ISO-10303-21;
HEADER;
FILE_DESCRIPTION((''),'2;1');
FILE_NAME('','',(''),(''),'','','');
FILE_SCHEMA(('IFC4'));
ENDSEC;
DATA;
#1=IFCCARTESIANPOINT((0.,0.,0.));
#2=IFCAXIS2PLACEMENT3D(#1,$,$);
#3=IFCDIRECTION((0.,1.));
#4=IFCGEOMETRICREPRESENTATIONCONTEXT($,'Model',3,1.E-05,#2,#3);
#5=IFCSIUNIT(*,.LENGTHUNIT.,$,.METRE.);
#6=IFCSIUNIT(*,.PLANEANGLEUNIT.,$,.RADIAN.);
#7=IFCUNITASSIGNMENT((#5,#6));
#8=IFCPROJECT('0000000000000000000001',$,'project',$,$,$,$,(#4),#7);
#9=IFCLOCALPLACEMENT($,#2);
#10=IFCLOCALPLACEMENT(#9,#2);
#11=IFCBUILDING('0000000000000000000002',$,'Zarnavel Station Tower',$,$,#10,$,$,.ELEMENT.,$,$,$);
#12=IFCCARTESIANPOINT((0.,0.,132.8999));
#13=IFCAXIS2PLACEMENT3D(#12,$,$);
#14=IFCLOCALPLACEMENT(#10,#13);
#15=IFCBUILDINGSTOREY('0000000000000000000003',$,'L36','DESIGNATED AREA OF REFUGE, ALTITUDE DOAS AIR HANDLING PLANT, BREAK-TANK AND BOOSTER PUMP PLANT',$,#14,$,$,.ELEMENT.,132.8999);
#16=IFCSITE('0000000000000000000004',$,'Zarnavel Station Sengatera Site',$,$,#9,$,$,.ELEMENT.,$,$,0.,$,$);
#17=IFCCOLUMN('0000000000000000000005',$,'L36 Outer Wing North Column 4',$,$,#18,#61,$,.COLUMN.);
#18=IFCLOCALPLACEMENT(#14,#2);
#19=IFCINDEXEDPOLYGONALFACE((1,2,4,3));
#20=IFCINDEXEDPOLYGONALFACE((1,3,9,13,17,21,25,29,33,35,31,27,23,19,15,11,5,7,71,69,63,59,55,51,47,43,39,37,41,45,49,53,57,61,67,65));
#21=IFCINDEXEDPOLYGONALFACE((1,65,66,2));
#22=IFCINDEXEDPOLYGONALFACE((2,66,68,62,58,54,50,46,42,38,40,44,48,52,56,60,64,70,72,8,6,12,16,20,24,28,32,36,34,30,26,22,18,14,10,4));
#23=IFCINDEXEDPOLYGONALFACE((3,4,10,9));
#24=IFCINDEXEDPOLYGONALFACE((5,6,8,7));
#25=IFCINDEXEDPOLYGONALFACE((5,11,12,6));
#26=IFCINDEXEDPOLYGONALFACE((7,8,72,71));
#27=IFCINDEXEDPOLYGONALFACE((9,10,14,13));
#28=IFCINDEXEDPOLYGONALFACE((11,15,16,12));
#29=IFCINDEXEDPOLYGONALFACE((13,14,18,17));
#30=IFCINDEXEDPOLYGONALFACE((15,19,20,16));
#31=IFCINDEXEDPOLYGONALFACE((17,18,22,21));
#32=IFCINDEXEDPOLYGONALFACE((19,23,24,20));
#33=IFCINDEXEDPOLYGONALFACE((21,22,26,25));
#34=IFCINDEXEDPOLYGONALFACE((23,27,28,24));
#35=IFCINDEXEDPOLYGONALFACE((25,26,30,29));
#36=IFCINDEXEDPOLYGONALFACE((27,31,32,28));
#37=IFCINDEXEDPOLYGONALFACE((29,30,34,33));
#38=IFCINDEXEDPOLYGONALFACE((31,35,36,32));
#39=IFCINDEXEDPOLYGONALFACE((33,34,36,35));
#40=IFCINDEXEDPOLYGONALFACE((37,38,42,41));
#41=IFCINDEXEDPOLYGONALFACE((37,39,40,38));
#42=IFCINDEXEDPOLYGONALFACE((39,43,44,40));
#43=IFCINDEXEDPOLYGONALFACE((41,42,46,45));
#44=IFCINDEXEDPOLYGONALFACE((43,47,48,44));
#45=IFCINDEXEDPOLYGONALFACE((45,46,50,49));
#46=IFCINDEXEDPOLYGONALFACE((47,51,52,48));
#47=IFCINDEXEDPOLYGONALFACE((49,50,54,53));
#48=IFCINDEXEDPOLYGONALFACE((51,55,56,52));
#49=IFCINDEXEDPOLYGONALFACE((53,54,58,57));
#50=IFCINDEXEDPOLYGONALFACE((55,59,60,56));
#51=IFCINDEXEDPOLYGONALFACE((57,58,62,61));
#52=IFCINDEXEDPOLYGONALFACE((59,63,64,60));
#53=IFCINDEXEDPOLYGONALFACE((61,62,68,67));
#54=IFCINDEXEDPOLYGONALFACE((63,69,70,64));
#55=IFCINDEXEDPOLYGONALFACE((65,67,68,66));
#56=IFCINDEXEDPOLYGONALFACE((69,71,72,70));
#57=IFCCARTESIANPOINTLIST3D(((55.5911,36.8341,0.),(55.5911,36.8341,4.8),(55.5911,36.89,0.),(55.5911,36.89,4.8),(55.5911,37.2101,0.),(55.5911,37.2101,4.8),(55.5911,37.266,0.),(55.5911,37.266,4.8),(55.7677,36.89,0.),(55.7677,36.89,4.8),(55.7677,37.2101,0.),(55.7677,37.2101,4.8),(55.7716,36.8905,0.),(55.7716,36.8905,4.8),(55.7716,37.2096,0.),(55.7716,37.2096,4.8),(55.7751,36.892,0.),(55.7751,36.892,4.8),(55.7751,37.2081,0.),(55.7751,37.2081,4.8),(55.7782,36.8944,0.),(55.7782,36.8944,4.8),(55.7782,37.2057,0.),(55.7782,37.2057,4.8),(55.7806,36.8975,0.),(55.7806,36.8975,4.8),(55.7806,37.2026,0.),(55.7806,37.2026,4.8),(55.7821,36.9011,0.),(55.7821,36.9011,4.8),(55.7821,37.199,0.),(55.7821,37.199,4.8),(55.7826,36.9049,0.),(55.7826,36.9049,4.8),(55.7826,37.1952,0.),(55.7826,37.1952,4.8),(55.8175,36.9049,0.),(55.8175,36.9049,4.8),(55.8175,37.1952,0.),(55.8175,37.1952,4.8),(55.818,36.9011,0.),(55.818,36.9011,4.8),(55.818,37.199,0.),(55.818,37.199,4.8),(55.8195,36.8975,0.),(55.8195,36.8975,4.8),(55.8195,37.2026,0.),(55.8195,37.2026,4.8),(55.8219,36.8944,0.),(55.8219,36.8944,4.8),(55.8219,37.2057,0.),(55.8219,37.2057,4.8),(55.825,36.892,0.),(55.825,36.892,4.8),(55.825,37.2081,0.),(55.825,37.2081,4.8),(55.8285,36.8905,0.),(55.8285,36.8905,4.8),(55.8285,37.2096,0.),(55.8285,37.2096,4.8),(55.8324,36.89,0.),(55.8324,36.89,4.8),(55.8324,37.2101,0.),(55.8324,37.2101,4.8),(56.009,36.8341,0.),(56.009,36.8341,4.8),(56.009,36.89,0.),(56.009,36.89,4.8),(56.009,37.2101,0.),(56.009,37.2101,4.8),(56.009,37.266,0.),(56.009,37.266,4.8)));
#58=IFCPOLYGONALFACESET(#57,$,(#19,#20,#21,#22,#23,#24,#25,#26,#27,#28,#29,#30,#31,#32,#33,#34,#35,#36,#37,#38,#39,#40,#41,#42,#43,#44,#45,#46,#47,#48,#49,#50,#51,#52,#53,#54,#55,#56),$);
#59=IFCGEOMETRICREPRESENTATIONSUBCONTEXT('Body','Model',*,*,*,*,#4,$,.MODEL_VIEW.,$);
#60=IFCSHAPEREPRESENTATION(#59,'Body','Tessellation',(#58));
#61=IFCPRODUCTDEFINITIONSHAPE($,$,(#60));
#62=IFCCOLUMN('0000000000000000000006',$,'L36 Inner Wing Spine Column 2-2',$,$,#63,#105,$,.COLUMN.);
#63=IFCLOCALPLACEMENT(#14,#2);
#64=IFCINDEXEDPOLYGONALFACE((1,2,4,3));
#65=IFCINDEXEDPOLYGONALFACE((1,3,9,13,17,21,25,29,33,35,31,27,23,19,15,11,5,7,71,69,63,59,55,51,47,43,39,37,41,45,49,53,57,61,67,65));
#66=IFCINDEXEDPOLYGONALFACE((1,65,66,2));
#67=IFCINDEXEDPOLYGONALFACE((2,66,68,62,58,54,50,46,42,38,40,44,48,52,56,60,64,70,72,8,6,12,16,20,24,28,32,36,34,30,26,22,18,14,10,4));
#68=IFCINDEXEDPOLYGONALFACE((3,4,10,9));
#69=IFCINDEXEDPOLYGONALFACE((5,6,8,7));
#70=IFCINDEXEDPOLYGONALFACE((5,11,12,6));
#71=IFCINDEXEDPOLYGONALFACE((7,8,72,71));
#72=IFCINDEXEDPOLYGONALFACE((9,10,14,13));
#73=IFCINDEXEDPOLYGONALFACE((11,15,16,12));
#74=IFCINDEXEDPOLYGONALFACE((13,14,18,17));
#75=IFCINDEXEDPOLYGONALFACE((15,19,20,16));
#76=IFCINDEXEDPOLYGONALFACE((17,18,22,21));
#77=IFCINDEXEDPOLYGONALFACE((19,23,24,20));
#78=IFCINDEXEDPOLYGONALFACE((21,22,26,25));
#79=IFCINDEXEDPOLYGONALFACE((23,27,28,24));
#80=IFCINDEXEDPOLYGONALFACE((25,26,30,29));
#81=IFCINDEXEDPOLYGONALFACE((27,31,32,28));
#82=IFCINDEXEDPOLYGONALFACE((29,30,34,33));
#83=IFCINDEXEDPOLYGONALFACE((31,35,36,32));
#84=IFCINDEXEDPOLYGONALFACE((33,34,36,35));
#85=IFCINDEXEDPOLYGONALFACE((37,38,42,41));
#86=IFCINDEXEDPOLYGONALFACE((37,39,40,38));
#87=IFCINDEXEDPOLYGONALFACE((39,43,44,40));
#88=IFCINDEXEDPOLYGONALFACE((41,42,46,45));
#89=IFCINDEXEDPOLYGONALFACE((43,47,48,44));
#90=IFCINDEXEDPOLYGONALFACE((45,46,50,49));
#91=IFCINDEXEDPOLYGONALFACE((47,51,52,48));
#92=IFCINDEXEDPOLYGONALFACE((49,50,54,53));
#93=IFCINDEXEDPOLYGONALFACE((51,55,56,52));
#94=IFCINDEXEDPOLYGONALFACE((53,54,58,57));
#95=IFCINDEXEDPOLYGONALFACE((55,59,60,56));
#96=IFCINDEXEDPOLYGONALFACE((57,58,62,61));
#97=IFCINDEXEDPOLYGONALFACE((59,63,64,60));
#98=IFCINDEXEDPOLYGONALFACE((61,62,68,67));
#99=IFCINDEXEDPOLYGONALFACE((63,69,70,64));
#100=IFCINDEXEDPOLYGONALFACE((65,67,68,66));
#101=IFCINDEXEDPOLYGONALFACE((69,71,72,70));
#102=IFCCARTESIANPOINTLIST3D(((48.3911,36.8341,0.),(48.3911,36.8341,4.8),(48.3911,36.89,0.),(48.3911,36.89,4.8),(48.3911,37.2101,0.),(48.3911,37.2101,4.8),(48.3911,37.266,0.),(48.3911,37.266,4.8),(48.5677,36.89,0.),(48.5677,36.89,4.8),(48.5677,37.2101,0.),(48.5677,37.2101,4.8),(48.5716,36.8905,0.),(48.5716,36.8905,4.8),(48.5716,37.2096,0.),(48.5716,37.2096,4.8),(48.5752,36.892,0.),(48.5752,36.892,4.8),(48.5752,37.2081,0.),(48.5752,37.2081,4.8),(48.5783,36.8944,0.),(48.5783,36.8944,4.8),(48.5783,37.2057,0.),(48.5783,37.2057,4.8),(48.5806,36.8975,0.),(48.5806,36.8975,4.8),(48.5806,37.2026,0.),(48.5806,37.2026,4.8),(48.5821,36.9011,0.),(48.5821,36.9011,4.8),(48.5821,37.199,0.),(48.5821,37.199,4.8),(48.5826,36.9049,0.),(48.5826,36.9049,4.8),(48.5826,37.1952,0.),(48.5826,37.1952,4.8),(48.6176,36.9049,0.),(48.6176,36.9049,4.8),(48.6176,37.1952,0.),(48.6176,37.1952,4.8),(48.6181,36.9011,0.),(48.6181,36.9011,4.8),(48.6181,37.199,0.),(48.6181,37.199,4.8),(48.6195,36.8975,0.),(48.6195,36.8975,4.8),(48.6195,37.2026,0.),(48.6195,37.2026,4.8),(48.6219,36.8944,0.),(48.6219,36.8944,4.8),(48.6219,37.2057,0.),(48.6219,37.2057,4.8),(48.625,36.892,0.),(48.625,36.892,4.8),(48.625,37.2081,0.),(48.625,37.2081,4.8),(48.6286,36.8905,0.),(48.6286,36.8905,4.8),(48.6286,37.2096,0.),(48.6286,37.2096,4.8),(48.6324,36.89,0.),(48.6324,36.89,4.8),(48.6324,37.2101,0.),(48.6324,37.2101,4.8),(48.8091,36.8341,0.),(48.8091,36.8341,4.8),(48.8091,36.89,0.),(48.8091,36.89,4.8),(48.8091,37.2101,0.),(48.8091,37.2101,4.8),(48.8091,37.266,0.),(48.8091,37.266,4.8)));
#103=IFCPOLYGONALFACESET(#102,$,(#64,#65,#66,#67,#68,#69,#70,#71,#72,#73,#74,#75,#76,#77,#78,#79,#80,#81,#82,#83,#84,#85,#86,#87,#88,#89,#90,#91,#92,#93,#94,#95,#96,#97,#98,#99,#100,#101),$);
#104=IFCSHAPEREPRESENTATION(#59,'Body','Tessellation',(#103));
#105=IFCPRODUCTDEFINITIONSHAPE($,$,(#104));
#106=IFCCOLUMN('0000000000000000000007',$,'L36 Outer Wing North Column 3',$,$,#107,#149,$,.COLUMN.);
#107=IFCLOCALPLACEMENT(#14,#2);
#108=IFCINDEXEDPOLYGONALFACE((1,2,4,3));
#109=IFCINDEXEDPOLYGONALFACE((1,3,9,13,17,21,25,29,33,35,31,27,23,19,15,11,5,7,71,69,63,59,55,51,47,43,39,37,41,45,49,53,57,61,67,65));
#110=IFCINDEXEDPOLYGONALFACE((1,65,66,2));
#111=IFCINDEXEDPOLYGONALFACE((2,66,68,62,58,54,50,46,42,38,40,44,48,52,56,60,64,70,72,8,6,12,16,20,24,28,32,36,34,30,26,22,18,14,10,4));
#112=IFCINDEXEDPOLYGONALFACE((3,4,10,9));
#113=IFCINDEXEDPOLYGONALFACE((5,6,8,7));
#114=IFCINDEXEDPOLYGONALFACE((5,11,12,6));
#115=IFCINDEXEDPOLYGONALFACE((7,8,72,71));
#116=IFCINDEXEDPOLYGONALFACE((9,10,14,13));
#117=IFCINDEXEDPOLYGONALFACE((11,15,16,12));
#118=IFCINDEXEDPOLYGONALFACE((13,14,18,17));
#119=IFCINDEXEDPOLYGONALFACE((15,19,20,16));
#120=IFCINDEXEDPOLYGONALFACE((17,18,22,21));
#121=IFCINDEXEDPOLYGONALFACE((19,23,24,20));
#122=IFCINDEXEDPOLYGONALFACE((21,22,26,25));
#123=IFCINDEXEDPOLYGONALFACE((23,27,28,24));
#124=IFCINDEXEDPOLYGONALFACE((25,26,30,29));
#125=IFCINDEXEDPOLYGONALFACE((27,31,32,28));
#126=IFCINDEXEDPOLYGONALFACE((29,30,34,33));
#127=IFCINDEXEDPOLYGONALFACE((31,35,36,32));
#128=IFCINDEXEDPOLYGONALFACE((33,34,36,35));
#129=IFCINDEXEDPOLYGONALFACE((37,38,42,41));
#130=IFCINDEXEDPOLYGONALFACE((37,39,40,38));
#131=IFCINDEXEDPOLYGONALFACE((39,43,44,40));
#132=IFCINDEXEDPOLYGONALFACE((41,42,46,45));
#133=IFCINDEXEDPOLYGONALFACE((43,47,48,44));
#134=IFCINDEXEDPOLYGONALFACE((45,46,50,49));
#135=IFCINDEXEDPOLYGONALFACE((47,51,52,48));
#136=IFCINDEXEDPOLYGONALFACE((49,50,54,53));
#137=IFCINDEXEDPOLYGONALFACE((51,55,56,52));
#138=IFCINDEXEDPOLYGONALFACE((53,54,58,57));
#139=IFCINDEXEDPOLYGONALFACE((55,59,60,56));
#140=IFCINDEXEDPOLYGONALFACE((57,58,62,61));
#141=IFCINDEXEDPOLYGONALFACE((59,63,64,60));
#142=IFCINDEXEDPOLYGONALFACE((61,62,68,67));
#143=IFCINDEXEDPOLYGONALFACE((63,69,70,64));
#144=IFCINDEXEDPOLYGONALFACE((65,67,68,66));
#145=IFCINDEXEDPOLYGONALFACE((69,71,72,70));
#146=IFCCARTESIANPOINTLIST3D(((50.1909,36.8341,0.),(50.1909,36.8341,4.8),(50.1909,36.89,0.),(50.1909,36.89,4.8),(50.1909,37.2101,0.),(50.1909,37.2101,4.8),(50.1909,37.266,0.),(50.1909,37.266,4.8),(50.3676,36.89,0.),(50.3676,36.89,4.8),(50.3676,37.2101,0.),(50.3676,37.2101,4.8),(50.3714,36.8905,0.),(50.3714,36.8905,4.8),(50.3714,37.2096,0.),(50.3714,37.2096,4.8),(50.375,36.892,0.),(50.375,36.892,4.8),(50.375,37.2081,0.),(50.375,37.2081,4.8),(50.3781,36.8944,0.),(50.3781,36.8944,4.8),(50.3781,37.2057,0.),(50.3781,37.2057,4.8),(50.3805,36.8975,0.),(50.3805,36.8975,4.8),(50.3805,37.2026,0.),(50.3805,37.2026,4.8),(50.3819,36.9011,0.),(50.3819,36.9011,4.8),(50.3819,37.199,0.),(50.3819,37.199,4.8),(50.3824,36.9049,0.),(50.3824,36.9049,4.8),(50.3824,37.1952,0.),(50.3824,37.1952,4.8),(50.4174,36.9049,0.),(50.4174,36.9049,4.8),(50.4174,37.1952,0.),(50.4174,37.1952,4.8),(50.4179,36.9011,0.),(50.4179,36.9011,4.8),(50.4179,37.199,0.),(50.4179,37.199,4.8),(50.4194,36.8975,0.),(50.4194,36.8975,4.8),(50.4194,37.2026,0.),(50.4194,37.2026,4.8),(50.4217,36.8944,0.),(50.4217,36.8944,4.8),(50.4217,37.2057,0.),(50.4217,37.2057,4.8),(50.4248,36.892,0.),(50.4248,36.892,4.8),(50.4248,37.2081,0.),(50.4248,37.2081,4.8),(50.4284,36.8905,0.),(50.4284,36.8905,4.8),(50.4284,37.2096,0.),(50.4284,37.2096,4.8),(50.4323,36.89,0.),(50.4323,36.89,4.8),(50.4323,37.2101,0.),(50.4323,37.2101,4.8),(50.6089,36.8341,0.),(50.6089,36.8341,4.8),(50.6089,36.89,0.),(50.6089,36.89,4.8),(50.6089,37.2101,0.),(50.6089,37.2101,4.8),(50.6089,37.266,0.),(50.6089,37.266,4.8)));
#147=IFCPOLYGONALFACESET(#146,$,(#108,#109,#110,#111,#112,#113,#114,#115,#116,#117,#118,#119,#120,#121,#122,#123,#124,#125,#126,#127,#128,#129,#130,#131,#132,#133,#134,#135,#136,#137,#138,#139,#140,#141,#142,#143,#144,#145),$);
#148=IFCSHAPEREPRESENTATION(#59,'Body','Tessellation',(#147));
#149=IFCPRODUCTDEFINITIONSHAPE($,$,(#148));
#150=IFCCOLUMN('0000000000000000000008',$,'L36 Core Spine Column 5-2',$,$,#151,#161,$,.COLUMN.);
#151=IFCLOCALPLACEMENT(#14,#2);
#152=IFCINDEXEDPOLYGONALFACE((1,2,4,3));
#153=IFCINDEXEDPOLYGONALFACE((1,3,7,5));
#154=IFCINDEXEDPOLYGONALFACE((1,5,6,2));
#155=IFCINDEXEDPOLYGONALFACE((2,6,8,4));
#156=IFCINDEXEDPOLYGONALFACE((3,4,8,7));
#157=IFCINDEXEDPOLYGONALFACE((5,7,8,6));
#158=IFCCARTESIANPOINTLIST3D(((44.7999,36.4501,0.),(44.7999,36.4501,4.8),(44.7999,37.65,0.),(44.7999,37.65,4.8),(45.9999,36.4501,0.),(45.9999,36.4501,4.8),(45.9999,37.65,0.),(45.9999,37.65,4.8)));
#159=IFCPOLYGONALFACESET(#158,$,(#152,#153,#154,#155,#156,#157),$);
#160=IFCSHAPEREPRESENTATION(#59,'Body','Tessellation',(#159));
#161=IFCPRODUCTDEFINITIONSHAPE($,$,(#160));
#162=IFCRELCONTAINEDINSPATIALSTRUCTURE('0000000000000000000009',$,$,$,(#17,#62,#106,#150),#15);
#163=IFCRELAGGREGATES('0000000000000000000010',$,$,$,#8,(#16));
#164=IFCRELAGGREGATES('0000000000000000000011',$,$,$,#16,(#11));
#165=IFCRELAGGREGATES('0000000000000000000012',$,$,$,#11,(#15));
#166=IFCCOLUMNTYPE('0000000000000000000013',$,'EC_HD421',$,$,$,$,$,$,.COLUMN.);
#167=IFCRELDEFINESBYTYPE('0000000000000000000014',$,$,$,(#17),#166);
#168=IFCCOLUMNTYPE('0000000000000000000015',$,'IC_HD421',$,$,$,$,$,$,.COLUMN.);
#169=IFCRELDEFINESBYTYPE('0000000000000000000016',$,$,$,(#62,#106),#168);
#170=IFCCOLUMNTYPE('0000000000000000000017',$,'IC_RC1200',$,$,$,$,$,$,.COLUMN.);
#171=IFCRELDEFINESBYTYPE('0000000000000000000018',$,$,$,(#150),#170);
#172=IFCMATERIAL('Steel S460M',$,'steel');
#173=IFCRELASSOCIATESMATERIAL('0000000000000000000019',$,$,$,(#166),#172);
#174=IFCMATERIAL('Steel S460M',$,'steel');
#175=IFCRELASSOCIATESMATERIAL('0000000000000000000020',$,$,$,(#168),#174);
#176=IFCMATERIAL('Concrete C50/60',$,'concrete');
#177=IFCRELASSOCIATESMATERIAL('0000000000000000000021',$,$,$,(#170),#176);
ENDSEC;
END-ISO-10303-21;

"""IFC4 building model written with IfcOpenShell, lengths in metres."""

from ifc_helpers import new_model, si_unit, direction, frame, origin, origin_2d, place, context, subcontext, project, spatial, rectangle, i_section, extrude, material, material_profile, profile_set, type_object, element, save


model = new_model("IFC4")

# Units and contexts
model_context = context("Model", 3, precision=1e-05, world=origin(), true_north=direction((0.0, 1.0)))
body_context = subcontext(model_context, "Body", "Model", "MODEL_VIEW")
ifc_project = project(units=[si_unit("LENGTHUNIT", "METRE"), si_unit("PLANEANGLEUNIT", "RADIAN")], contexts=[model_context])

# Site, building, storey
site_placement = place(None, origin())
site = spatial("IfcSite", under=ifc_project, at=site_placement, Name="Zarnavel Station Sengatera Site", CompositionType="ELEMENT", RefElevation=0.0)
building_placement = place(site_placement, origin())
building = spatial("IfcBuilding", under=site, at=building_placement, Name="Zarnavel Station Tower", CompositionType="ELEMENT")
storey_placement = place(building_placement, frame((0.0, 0.0, 132.8999)))
storey = spatial("IfcBuildingStorey", under=building, at=storey_placement, Name="L36", Description="DESIGNATED AREA OF REFUGE, ALTITUDE DOAS AIR HANDLING PLANT, BREAK-TANK AND BOOSTER PUMP PLANT", CompositionType="ELEMENT", Elevation=132.8999)

# Columns
ifc_material_1 = material(Name="Steel S460M", Category="steel")
ifc_material_profile_1 = material_profile(ifc_material_1, i_section(OverallWidth=0.418, OverallDepth=0.4319, WebThickness=0.0349, FlangeThickness=0.0559, FilletRadius=0.0149, at=origin_2d()), Name="HD400x421")
ifc_profile_set_1 = profile_set([ifc_material_profile_1], Name="Steel S460M")
column_type_1 = type_object("IfcColumnType", Name="EC_HD421", PredefinedType="COLUMN", material=ifc_profile_set_1)
column_1_placement = place(storey_placement, frame((55.8, 37.05, 0.0), z_axis=(0.0, 0.0, 1.0), x_axis=(1.0, 0.0, 0.0)))
element("IfcColumn", 1, at=column_1_placement, inside=storey, type_object=column_type_1, Name="L36 Outer Wing North Column 4", PredefinedType="COLUMN", context=body_context, shape_type="SweptSolid", body=[
    extrude(i_section(OverallWidth=0.418, OverallDepth=0.4319, WebThickness=0.0349, FlangeThickness=0.0559, FilletRadius=0.0149, at=origin_2d()), origin(), (0.0, 0.0, 1.0), 4.8),
])
ifc_material_2 = material(Name="Steel S460M", Category="steel")
ifc_material_profile_2 = material_profile(ifc_material_2, i_section(OverallWidth=0.418, OverallDepth=0.4319, WebThickness=0.0349, FlangeThickness=0.0559, FilletRadius=0.0149, at=origin_2d()), Name="HD400x421")
ifc_profile_set_2 = profile_set([ifc_material_profile_2], Name="Steel S460M")
column_type_2 = type_object("IfcColumnType", Name="IC_HD421", PredefinedType="COLUMN", material=ifc_profile_set_2)
for number, where, z_axis, x_axis, name in (
    (2, (48.6001, 37.05, 0.0), (0.0, 0.0, 1.0), (1.0, 0.0, 0.0), "L36 Inner Wing Spine Column 2-2"),
    (3, (50.3999, 37.05, 0.0), (0.0, 0.0, 1.0), (1.0, 0.0, 0.0), "L36 Outer Wing North Column 3"),
):
    element("IfcColumn", number, at=place(storey_placement, frame(where, z_axis=z_axis, x_axis=x_axis)), inside=storey, type_object=column_type_2, Name=name, PredefinedType="COLUMN", context=body_context, shape_type="SweptSolid", body=[
        extrude(i_section(OverallWidth=0.418, OverallDepth=0.4319, WebThickness=0.0349, FlangeThickness=0.0559, FilletRadius=0.0149, at=origin_2d()), origin(), (0.0, 0.0, 1.0), 4.8),
    ])
ifc_material_3 = material(Name="Concrete C50/60", Category="concrete")
ifc_material_profile_3 = material_profile(ifc_material_3, rectangle(XDim=1.2, YDim=1.2, at=origin_2d()), Name="RC1200x1200")
ifc_profile_set_3 = profile_set([ifc_material_profile_3], Name="Concrete C50/60")
column_type_3 = type_object("IfcColumnType", Name="IC_RC1200", PredefinedType="COLUMN", material=ifc_profile_set_3)
column_2_placement = place(storey_placement, frame((45.3999, 37.05, 0.0), z_axis=(0.0, 0.0, 1.0), x_axis=(1.0, 0.0, 0.0)))
element("IfcColumn", 4, at=column_2_placement, inside=storey, type_object=column_type_3, Name="L36 Core Spine Column 5-2", PredefinedType="COLUMN", context=body_context, shape_type="SweptSolid", body=[
    extrude(rectangle(XDim=1.2, YDim=1.2, at=origin_2d()), origin(), (0.0, 0.0, 1.0), 4.8),
])

save(model, "model.ifc")
